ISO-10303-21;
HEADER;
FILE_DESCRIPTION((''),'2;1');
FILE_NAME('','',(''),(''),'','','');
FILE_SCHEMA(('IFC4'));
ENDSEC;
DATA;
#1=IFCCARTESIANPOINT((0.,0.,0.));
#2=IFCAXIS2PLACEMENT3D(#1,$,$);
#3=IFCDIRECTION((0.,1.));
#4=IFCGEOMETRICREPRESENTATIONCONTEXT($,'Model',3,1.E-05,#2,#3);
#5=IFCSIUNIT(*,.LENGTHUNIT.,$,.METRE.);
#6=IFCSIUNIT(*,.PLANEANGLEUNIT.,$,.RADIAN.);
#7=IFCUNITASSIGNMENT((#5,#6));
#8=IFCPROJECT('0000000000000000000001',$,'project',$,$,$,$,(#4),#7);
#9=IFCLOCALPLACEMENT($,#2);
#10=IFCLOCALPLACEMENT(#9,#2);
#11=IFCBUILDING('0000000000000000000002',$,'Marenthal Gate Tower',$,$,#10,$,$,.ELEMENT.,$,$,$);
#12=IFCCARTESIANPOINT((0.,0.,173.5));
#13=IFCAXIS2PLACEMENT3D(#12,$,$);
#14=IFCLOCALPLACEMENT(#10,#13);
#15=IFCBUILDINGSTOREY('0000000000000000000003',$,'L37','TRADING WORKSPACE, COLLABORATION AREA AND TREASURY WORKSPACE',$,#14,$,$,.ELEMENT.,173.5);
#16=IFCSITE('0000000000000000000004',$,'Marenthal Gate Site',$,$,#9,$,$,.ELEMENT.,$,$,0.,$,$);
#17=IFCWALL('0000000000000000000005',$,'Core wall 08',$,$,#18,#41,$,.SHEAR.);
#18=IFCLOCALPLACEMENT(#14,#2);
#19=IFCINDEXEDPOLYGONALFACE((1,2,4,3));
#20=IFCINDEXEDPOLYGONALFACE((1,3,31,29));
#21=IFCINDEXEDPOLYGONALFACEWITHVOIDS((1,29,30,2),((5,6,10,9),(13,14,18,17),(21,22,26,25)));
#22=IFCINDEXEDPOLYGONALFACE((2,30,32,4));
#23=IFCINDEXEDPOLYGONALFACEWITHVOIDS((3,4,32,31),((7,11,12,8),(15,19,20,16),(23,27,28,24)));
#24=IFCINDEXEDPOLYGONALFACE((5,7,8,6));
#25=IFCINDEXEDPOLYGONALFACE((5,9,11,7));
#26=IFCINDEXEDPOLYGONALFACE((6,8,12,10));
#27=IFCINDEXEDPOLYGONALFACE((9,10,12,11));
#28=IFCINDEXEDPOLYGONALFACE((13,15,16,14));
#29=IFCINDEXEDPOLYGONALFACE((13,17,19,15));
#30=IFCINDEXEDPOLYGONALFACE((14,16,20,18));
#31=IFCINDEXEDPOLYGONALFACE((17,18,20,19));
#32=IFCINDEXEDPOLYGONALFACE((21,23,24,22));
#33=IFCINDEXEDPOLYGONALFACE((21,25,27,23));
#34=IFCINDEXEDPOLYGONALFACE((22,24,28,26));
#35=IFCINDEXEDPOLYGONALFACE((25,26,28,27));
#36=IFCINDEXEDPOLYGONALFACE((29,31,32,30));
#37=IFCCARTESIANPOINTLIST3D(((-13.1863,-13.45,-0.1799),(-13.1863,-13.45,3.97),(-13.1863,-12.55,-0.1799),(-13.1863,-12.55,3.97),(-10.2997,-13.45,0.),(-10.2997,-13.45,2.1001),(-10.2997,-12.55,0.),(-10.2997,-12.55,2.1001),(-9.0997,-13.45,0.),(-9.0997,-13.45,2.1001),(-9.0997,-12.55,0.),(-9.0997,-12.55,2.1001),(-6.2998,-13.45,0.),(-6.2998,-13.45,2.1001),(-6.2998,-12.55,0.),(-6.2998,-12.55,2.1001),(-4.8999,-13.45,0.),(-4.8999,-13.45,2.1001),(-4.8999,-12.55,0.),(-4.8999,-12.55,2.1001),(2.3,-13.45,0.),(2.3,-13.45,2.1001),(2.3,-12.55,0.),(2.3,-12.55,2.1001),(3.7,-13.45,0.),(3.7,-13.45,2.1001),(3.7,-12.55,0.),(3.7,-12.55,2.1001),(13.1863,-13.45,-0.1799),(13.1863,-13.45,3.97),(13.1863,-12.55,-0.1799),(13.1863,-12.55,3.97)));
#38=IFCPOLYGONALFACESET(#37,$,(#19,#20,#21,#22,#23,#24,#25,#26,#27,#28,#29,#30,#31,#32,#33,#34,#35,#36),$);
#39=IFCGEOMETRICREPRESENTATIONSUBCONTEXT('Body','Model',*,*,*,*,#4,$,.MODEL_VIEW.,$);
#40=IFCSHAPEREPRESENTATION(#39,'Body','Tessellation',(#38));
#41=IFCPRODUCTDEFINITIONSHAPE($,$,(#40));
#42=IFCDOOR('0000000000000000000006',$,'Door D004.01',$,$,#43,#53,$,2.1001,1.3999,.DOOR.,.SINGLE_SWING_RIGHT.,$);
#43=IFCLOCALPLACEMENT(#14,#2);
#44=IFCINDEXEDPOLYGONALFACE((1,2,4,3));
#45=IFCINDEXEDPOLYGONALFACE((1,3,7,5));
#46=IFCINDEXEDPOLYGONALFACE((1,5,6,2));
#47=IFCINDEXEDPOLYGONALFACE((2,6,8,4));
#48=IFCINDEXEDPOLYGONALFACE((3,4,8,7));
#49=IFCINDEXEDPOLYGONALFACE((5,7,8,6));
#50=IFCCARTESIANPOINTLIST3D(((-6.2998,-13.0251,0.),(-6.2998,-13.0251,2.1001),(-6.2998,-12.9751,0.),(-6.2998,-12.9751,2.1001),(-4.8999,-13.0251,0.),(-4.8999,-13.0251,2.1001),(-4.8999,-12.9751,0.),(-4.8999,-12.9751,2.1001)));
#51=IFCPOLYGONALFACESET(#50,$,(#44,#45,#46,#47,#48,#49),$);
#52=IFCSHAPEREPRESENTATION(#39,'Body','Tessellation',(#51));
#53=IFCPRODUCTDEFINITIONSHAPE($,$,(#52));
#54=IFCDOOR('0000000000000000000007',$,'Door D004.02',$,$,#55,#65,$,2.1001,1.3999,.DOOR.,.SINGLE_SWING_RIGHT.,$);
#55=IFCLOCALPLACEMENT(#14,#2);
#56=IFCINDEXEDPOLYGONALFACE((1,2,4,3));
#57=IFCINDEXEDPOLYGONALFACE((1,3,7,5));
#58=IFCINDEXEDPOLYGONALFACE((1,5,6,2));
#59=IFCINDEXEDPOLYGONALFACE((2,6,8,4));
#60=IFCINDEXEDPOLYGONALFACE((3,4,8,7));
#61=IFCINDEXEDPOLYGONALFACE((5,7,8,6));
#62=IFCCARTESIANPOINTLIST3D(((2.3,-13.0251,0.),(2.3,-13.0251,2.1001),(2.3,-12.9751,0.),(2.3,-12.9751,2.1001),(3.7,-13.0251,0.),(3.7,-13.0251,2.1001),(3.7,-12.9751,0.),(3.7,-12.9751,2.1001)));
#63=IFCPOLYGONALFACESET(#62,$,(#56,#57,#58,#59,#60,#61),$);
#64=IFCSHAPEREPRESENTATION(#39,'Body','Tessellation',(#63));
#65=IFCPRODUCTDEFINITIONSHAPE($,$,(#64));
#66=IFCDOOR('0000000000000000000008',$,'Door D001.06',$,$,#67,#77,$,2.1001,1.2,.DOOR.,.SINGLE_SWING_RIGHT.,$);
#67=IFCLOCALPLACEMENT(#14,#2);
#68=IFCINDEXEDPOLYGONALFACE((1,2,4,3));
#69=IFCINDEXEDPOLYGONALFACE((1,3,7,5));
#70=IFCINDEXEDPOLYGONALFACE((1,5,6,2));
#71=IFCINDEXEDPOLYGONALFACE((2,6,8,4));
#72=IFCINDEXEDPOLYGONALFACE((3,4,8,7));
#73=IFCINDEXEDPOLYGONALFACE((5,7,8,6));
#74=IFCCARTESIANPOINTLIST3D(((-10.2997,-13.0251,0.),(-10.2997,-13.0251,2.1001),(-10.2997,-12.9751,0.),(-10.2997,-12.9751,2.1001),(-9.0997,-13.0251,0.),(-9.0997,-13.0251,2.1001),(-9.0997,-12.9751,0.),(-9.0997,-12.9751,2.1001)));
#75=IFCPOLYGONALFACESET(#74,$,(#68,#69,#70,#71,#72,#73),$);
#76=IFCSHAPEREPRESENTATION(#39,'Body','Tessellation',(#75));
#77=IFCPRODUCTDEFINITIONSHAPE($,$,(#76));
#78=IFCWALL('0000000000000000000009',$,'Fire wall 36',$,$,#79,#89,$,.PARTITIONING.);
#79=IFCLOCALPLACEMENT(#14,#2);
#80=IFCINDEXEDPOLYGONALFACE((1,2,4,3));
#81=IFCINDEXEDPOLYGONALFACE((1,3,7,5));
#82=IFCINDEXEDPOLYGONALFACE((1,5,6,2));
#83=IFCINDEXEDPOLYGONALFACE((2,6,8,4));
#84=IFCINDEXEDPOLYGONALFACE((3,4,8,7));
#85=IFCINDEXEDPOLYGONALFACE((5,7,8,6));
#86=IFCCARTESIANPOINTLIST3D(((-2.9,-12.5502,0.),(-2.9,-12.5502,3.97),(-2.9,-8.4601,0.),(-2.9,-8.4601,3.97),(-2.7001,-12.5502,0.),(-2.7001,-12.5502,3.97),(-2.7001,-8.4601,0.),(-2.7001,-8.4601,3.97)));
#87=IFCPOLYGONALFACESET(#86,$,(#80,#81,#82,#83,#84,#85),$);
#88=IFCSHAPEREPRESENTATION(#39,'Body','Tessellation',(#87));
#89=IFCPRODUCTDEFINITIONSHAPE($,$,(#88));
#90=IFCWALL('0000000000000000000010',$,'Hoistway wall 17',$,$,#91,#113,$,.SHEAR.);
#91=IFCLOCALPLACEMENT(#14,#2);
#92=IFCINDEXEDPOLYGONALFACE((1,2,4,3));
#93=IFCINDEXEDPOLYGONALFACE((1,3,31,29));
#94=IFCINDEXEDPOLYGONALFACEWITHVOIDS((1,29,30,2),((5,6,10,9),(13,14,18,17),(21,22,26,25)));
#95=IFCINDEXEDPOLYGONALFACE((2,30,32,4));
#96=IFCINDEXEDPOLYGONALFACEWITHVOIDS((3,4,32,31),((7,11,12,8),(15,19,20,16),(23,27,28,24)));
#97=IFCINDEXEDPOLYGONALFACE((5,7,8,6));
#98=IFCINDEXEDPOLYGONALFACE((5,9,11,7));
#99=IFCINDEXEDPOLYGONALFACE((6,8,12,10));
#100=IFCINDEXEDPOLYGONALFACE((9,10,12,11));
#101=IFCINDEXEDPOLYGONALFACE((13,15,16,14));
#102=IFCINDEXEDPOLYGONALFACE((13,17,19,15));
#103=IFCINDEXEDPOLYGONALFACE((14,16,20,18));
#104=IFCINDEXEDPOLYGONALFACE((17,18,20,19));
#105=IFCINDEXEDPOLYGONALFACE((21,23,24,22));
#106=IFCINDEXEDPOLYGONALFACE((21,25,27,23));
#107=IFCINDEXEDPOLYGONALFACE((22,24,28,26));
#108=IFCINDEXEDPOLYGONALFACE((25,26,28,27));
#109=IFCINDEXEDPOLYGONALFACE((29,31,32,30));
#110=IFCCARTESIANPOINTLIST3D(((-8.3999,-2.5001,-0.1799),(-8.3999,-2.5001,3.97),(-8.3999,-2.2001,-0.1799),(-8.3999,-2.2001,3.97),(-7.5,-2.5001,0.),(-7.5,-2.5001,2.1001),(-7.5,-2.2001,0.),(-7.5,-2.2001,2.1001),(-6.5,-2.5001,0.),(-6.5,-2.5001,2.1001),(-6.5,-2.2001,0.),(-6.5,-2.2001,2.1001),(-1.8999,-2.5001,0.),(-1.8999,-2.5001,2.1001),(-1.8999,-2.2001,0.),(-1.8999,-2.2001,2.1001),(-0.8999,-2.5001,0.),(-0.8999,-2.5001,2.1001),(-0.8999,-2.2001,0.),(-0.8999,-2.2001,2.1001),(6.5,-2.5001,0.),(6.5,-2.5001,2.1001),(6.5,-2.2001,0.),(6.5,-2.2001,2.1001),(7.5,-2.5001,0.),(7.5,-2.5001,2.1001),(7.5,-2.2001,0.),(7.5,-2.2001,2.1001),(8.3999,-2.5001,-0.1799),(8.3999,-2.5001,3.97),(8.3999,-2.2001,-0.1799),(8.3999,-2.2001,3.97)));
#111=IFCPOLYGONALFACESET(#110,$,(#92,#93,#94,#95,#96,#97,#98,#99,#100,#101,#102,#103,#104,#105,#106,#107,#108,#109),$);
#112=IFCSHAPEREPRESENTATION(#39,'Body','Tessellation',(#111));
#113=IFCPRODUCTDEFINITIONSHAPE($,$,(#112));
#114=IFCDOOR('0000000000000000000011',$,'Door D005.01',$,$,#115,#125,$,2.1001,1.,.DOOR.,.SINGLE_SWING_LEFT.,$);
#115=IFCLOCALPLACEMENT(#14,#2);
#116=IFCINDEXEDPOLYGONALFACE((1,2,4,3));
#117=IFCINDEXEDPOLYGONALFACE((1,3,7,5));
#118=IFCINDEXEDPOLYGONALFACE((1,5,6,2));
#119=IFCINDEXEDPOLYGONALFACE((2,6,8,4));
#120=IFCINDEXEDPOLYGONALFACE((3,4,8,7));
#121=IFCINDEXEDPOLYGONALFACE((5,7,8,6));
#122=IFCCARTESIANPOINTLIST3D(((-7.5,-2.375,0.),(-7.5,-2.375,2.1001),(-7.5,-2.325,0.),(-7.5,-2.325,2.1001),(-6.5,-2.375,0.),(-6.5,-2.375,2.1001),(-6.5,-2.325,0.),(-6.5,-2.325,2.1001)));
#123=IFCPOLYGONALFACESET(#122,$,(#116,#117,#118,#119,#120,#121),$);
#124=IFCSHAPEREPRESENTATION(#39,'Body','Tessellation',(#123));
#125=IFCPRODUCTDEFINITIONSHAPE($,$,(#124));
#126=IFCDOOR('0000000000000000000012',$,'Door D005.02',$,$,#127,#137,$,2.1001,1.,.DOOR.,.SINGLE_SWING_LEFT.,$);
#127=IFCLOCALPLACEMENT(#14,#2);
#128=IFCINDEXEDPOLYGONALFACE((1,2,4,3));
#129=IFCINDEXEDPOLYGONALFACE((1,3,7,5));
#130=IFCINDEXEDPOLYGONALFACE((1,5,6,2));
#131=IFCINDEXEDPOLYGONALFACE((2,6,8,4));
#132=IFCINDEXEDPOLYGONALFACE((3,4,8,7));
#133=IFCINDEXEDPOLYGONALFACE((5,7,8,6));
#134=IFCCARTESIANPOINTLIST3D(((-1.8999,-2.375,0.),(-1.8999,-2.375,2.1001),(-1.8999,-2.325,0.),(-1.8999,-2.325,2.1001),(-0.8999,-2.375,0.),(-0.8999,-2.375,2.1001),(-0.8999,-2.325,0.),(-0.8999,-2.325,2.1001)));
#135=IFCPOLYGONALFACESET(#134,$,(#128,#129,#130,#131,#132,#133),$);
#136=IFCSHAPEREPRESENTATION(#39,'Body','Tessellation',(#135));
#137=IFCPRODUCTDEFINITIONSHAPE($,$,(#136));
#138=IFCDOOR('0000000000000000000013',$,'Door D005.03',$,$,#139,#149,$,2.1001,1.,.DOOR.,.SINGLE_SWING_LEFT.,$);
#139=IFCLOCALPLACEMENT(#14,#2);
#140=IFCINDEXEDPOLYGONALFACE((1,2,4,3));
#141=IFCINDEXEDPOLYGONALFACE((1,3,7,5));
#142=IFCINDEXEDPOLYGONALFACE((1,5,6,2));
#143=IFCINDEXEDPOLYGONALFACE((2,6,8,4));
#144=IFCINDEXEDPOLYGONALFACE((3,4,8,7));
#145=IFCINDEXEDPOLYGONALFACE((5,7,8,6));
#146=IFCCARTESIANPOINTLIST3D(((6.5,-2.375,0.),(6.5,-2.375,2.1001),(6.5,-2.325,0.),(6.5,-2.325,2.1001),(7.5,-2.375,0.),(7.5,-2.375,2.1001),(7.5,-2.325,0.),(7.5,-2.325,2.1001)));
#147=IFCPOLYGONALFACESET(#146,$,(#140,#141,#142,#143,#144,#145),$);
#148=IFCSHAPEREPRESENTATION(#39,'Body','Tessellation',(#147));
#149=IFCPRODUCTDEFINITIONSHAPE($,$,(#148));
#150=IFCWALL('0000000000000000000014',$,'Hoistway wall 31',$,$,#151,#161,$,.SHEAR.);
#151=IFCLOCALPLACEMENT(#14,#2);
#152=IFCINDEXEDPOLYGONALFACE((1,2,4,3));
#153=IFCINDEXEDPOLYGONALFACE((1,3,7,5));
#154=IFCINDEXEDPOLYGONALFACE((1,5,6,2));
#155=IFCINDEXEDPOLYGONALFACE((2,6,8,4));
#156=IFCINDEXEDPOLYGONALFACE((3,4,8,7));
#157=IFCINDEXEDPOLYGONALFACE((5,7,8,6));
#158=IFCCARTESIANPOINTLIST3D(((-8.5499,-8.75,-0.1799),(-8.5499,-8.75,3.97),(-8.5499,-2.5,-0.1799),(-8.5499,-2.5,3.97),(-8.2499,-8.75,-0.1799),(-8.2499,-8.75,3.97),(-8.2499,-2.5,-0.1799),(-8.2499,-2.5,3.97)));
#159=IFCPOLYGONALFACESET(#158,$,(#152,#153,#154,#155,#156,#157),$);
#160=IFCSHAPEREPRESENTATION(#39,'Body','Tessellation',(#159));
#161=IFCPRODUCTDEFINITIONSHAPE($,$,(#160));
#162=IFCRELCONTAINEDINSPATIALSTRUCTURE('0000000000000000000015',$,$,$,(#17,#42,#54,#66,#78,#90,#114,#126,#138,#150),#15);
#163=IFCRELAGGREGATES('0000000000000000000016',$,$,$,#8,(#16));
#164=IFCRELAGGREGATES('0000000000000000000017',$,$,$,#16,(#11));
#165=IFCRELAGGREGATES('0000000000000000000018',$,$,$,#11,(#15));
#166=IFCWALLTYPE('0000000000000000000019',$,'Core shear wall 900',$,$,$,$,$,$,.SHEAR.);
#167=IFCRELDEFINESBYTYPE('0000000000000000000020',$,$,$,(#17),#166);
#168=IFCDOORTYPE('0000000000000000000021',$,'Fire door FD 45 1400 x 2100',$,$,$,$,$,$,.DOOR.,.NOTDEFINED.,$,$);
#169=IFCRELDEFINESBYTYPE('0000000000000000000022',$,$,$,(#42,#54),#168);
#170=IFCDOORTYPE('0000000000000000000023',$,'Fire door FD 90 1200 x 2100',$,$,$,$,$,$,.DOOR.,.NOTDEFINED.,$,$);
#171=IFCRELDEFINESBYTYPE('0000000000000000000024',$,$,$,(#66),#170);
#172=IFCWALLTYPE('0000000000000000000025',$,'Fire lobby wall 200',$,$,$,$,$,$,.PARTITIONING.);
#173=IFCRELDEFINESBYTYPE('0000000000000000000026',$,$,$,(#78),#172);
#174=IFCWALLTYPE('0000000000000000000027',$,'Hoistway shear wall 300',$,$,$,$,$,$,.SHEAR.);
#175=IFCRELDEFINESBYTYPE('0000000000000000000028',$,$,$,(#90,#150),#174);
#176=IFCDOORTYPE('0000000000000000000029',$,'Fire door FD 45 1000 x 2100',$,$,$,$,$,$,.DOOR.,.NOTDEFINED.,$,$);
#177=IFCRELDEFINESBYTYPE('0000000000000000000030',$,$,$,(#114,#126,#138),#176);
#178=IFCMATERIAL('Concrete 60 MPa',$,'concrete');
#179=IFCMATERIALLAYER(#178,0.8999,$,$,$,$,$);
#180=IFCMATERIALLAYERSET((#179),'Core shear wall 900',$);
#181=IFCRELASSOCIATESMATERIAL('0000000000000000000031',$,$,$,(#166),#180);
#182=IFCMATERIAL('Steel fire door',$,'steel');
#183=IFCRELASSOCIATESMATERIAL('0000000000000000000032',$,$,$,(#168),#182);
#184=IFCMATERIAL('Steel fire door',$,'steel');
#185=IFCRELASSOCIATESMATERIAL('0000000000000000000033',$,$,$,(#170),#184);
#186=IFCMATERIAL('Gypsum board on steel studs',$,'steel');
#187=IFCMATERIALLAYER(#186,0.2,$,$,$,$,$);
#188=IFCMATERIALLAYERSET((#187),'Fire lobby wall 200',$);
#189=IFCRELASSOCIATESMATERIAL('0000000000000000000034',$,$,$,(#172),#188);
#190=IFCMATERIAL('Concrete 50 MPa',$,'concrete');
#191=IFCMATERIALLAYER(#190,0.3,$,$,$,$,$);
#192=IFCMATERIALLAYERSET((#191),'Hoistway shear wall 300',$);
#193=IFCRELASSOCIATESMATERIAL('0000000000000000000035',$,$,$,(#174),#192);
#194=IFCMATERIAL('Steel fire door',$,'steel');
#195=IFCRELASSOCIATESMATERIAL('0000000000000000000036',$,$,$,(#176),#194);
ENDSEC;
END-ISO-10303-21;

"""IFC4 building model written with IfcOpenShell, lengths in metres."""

from ifc_helpers import new_model, si_unit, direction, frame, frame_2d, origin, place, context, subcontext, project, spatial, rectangle, extrude, material, layer, layer_set, type_object, element, fill, save


model = new_model("IFC4")

# Units and contexts
model_context = context("Model", 3, precision=1e-05, world=origin(), true_north=direction((0.0, 1.0)))
body_context = subcontext(model_context, "Body", "Model", "MODEL_VIEW")
ifc_project = project(units=[si_unit("LENGTHUNIT", "METRE"), si_unit("PLANEANGLEUNIT", "RADIAN")], contexts=[model_context])

# Site, building, storey
site_placement = place(None, origin())
site = spatial("IfcSite", under=ifc_project, at=site_placement, Name="Marenthal Gate Site", CompositionType="ELEMENT", RefElevation=0.0)
building_placement = place(site_placement, origin())
building = spatial("IfcBuilding", under=site, at=building_placement, Name="Marenthal Gate Tower", CompositionType="ELEMENT")
storey_placement = place(building_placement, frame((0.0, 0.0, 173.5)))
storey = spatial("IfcBuildingStorey", under=building, at=storey_placement, Name="L37", Description="TRADING WORKSPACE, COLLABORATION AREA AND TREASURY WORKSPACE", CompositionType="ELEMENT", Elevation=173.5)

# Wall, openings, doors
ifc_material_1 = material(Name="Concrete 60 MPa", Category="concrete")
ifc_layer_1 = layer(ifc_material_1, 0.8999)
ifc_layer_set_1 = layer_set([ifc_layer_1], Name="Core shear wall 900")
wall_type_1 = type_object("IfcWallType", Name="Core shear wall 900", PredefinedType="SHEAR", material=ifc_layer_set_1)
wall_1_placement = place(storey_placement, frame((-13.1863, -13.0, -0.1799), z_axis=(0.0, 0.0, 1.0), x_axis=(1.0, 0.0, 0.0)))
wall_1 = element("IfcWall", 1, at=wall_1_placement, inside=storey, type_object=wall_type_1, Name="Core wall 08", PredefinedType="SHEAR", context=body_context, shape_type="SweptSolid", body=[
    extrude(rectangle(XDim=26.3726, YDim=0.8999, at=frame_2d((13.1863, 0.0))), origin(), (0.0, 0.0, 1.0), 4.1499),
])
opening_1_placement = place(wall_1_placement, frame((2.8865, 0.0, 0.1799)))
opening_1 = element("IfcOpeningElement", 2, at=opening_1_placement, cuts=wall_1, PredefinedType="OPENING", context=body_context, shape_type="SweptSolid", body=[
    extrude(rectangle(XDim=1.2, YDim=2.1001, at=frame_2d((0.6001, 1.05))), frame((0.0, 0.46, 0.0), z_axis=(0.0, -1.0, 0.0), x_axis=(1.0, 0.0, 0.0)), (0.0, 0.0, 1.0), 0.9199),
])
opening_2_placement = place(wall_1_placement, frame((6.8865, 0.0, 0.1799)))
opening_2 = element("IfcOpeningElement", 3, at=opening_2_placement, cuts=wall_1, PredefinedType="OPENING", context=body_context, shape_type="SweptSolid", body=[
    extrude(rectangle(XDim=1.3999, YDim=2.1001, at=frame_2d((0.7, 1.05))), frame((0.0, 0.46, 0.0), z_axis=(0.0, -1.0, 0.0), x_axis=(1.0, 0.0, 0.0)), (0.0, 0.0, 1.0), 0.9199),
])
opening_3_placement = place(wall_1_placement, frame((15.4863, 0.0, 0.1799)))
opening_3 = element("IfcOpeningElement", 4, at=opening_3_placement, cuts=wall_1, PredefinedType="OPENING", context=body_context, shape_type="SweptSolid", body=[
    extrude(rectangle(XDim=1.3999, YDim=2.1001, at=frame_2d((0.7, 1.05))), frame((0.0, 0.46, 0.0), z_axis=(0.0, -1.0, 0.0), x_axis=(1.0, 0.0, 0.0)), (0.0, 0.0, 1.0), 0.9199),
])
ifc_material_2 = material(Name="Steel fire door", Category="steel")
door_type_1 = type_object("IfcDoorType", Name="Fire door FD 45 1400 x 2100", OperationType="NOTDEFINED", PredefinedType="DOOR", material=ifc_material_2)
door_1_placement = place(opening_2_placement, origin())
door_1 = element("IfcDoor", 5, at=door_1_placement, inside=storey, type_object=door_type_1, Name="Door D004.01", OperationType="SINGLE_SWING_RIGHT", OverallHeight=2.1001, OverallWidth=1.3999, PredefinedType="DOOR", context=body_context, shape_type="SweptSolid", body=[
    extrude(rectangle(XDim=1.3999, YDim=2.1001, at=frame_2d((0.7, 1.05))), frame((0.0, 0.0249, 0.0), z_axis=(0.0, -1.0, 0.0), x_axis=(1.0, 0.0, 0.0)), (0.0, 0.0, 1.0), 0.05),
])
fill(opening_2, door_1)
door_2_placement = place(opening_3_placement, origin())
door_2 = element("IfcDoor", 6, at=door_2_placement, inside=storey, type_object=door_type_1, Name="Door D004.02", OperationType="SINGLE_SWING_RIGHT", OverallHeight=2.1001, OverallWidth=1.3999, PredefinedType="DOOR", context=body_context, shape_type="SweptSolid", body=[
    extrude(rectangle(XDim=1.3999, YDim=2.1001, at=frame_2d((0.7, 1.05))), frame((0.0, 0.0249, 0.0), z_axis=(0.0, -1.0, 0.0), x_axis=(1.0, 0.0, 0.0)), (0.0, 0.0, 1.0), 0.05),
])
fill(opening_3, door_2)
ifc_material_3 = material(Name="Steel fire door", Category="steel")
door_type_2 = type_object("IfcDoorType", Name="Fire door FD 90 1200 x 2100", OperationType="NOTDEFINED", PredefinedType="DOOR", material=ifc_material_3)
door_3_placement = place(opening_1_placement, origin())
door_3 = element("IfcDoor", 7, at=door_3_placement, inside=storey, type_object=door_type_2, Name="Door D001.06", OperationType="SINGLE_SWING_RIGHT", OverallHeight=2.1001, OverallWidth=1.2, PredefinedType="DOOR", context=body_context, shape_type="SweptSolid", body=[
    extrude(rectangle(XDim=1.2, YDim=2.1001, at=frame_2d((0.6001, 1.05))), frame((0.0, 0.0249, 0.0), z_axis=(0.0, -1.0, 0.0), x_axis=(1.0, 0.0, 0.0)), (0.0, 0.0, 1.0), 0.05),
])
fill(opening_1, door_3)

# Wall
ifc_material_4 = material(Name="Gypsum board on steel studs", Category="steel")
ifc_layer_2 = layer(ifc_material_4, 0.2)
ifc_layer_set_2 = layer_set([ifc_layer_2], Name="Fire lobby wall 200")
wall_type_2 = type_object("IfcWallType", Name="Fire lobby wall 200", PredefinedType="PARTITIONING", material=ifc_layer_set_2)
wall_2_placement = place(storey_placement, frame((-2.8, -12.55, 0.0), z_axis=(0.0, 0.0, 1.0), x_axis=(0.0, 1.0, 0.0)))
element("IfcWall", 8, at=wall_2_placement, inside=storey, type_object=wall_type_2, Name="Fire wall 36", PredefinedType="PARTITIONING", context=body_context, shape_type="SweptSolid", body=[
    extrude(rectangle(XDim=4.0901, YDim=0.2, at=frame_2d((2.0449, 0.0))), origin(), (0.0, 0.0, 1.0), 3.97),
])

# Wall, openings, doors
ifc_material_5 = material(Name="Concrete 50 MPa", Category="concrete")
ifc_layer_3 = layer(ifc_material_5, 0.3)
ifc_layer_set_3 = layer_set([ifc_layer_3], Name="Hoistway shear wall 300")
wall_type_3 = type_object("IfcWallType", Name="Hoistway shear wall 300", PredefinedType="SHEAR", material=ifc_layer_set_3)
wall_3_placement = place(storey_placement, frame((-8.3999, -2.3501, -0.1799), z_axis=(0.0, 0.0, 1.0), x_axis=(1.0, 0.0, 0.0)))
wall_3 = element("IfcWall", 9, at=wall_3_placement, inside=storey, type_object=wall_type_3, Name="Hoistway wall 17", PredefinedType="SHEAR", context=body_context, shape_type="SweptSolid", body=[
    extrude(rectangle(XDim=16.7998, YDim=0.3, at=frame_2d((8.3999, 0.0))), origin(), (0.0, 0.0, 1.0), 4.1499),
])
opening_4_placement = place(wall_3_placement, frame((0.8999, 0.0, 0.1799)))
opening_4 = element("IfcOpeningElement", 10, at=opening_4_placement, cuts=wall_3, PredefinedType="OPENING", context=body_context, shape_type="SweptSolid", body=[
    extrude(rectangle(XDim=1.0, YDim=2.1001, at=frame_2d((0.5, 1.05))), frame((0.0, 0.1602, 0.0), z_axis=(0.0, -1.0, 0.0), x_axis=(1.0, 0.0, 0.0)), (0.0, 0.0, 1.0), 0.3201),
])
opening_5_placement = place(wall_3_placement, frame((6.5, 0.0, 0.1799)))
opening_5 = element("IfcOpeningElement", 11, at=opening_5_placement, cuts=wall_3, PredefinedType="OPENING", context=body_context, shape_type="SweptSolid", body=[
    extrude(rectangle(XDim=1.0, YDim=2.1001, at=frame_2d((0.5, 1.05))), frame((0.0, 0.1602, 0.0), z_axis=(0.0, -1.0, 0.0), x_axis=(1.0, 0.0, 0.0)), (0.0, 0.0, 1.0), 0.3201),
])
opening_6_placement = place(wall_3_placement, frame((14.8999, 0.0, 0.1799)))
opening_6 = element("IfcOpeningElement", 12, at=opening_6_placement, cuts=wall_3, PredefinedType="OPENING", context=body_context, shape_type="SweptSolid", body=[
    extrude(rectangle(XDim=1.0, YDim=2.1001, at=frame_2d((0.5, 1.05))), frame((0.0, 0.1602, 0.0), z_axis=(0.0, -1.0, 0.0), x_axis=(1.0, 0.0, 0.0)), (0.0, 0.0, 1.0), 0.3201),
])
ifc_material_6 = material(Name="Steel fire door", Category="steel")
door_type_3 = type_object("IfcDoorType", Name="Fire door FD 45 1000 x 2100", OperationType="NOTDEFINED", PredefinedType="DOOR", material=ifc_material_6)
door_4_placement = place(opening_4_placement, frame((1.0, 0.0, 0.0), z_axis=(0.0, 0.0, 1.0), x_axis=(-1.0, 0.0, 0.0)))
door_4 = element("IfcDoor", 13, at=door_4_placement, inside=storey, type_object=door_type_3, Name="Door D005.01", OperationType="SINGLE_SWING_LEFT", OverallHeight=2.1001, OverallWidth=1.0, PredefinedType="DOOR", context=body_context, shape_type="SweptSolid", body=[
    extrude(rectangle(XDim=1.0, YDim=2.1001, at=frame_2d((0.5, 1.05))), frame((0.0, 0.0249, 0.0), z_axis=(0.0, -1.0, 0.0), x_axis=(1.0, 0.0, 0.0)), (0.0, 0.0, 1.0), 0.05),
])
fill(opening_4, door_4)
door_5_placement = place(opening_5_placement, frame((1.0, 0.0, 0.0), z_axis=(0.0, 0.0, 1.0), x_axis=(-1.0, 0.0, 0.0)))
door_5 = element("IfcDoor", 14, at=door_5_placement, inside=storey, type_object=door_type_3, Name="Door D005.02", OperationType="SINGLE_SWING_LEFT", OverallHeight=2.1001, OverallWidth=1.0, PredefinedType="DOOR", context=body_context, shape_type="SweptSolid", body=[
    extrude(rectangle(XDim=1.0, YDim=2.1001, at=frame_2d((0.5, 1.05))), frame((0.0, 0.0249, 0.0), z_axis=(0.0, -1.0, 0.0), x_axis=(1.0, 0.0, 0.0)), (0.0, 0.0, 1.0), 0.05),
])
fill(opening_5, door_5)
door_6_placement = place(opening_6_placement, frame((1.0, 0.0, 0.0), z_axis=(0.0, 0.0, 1.0), x_axis=(-1.0, 0.0, 0.0)))
door_6 = element("IfcDoor", 15, at=door_6_placement, inside=storey, type_object=door_type_3, Name="Door D005.03", OperationType="SINGLE_SWING_LEFT", OverallHeight=2.1001, OverallWidth=1.0, PredefinedType="DOOR", context=body_context, shape_type="SweptSolid", body=[
    extrude(rectangle(XDim=1.0, YDim=2.1001, at=frame_2d((0.5, 1.05))), frame((0.0, 0.0249, 0.0), z_axis=(0.0, -1.0, 0.0), x_axis=(1.0, 0.0, 0.0)), (0.0, 0.0, 1.0), 0.05),
])
fill(opening_6, door_6)

# Wall
wall_4_placement = place(storey_placement, frame((-8.3999, -8.75, -0.1799), z_axis=(0.0, 0.0, 1.0), x_axis=(0.0, 1.0, 0.0)))
element("IfcWall", 16, at=wall_4_placement, inside=storey, type_object=wall_type_3, Name="Hoistway wall 31", PredefinedType="SHEAR", context=body_context, shape_type="SweptSolid", body=[
    extrude(rectangle(XDim=6.25, YDim=0.3, at=frame_2d((3.125, 0.0))), origin(), (0.0, 0.0, 1.0), 4.1499),
])

save(model, "model.ifc")
